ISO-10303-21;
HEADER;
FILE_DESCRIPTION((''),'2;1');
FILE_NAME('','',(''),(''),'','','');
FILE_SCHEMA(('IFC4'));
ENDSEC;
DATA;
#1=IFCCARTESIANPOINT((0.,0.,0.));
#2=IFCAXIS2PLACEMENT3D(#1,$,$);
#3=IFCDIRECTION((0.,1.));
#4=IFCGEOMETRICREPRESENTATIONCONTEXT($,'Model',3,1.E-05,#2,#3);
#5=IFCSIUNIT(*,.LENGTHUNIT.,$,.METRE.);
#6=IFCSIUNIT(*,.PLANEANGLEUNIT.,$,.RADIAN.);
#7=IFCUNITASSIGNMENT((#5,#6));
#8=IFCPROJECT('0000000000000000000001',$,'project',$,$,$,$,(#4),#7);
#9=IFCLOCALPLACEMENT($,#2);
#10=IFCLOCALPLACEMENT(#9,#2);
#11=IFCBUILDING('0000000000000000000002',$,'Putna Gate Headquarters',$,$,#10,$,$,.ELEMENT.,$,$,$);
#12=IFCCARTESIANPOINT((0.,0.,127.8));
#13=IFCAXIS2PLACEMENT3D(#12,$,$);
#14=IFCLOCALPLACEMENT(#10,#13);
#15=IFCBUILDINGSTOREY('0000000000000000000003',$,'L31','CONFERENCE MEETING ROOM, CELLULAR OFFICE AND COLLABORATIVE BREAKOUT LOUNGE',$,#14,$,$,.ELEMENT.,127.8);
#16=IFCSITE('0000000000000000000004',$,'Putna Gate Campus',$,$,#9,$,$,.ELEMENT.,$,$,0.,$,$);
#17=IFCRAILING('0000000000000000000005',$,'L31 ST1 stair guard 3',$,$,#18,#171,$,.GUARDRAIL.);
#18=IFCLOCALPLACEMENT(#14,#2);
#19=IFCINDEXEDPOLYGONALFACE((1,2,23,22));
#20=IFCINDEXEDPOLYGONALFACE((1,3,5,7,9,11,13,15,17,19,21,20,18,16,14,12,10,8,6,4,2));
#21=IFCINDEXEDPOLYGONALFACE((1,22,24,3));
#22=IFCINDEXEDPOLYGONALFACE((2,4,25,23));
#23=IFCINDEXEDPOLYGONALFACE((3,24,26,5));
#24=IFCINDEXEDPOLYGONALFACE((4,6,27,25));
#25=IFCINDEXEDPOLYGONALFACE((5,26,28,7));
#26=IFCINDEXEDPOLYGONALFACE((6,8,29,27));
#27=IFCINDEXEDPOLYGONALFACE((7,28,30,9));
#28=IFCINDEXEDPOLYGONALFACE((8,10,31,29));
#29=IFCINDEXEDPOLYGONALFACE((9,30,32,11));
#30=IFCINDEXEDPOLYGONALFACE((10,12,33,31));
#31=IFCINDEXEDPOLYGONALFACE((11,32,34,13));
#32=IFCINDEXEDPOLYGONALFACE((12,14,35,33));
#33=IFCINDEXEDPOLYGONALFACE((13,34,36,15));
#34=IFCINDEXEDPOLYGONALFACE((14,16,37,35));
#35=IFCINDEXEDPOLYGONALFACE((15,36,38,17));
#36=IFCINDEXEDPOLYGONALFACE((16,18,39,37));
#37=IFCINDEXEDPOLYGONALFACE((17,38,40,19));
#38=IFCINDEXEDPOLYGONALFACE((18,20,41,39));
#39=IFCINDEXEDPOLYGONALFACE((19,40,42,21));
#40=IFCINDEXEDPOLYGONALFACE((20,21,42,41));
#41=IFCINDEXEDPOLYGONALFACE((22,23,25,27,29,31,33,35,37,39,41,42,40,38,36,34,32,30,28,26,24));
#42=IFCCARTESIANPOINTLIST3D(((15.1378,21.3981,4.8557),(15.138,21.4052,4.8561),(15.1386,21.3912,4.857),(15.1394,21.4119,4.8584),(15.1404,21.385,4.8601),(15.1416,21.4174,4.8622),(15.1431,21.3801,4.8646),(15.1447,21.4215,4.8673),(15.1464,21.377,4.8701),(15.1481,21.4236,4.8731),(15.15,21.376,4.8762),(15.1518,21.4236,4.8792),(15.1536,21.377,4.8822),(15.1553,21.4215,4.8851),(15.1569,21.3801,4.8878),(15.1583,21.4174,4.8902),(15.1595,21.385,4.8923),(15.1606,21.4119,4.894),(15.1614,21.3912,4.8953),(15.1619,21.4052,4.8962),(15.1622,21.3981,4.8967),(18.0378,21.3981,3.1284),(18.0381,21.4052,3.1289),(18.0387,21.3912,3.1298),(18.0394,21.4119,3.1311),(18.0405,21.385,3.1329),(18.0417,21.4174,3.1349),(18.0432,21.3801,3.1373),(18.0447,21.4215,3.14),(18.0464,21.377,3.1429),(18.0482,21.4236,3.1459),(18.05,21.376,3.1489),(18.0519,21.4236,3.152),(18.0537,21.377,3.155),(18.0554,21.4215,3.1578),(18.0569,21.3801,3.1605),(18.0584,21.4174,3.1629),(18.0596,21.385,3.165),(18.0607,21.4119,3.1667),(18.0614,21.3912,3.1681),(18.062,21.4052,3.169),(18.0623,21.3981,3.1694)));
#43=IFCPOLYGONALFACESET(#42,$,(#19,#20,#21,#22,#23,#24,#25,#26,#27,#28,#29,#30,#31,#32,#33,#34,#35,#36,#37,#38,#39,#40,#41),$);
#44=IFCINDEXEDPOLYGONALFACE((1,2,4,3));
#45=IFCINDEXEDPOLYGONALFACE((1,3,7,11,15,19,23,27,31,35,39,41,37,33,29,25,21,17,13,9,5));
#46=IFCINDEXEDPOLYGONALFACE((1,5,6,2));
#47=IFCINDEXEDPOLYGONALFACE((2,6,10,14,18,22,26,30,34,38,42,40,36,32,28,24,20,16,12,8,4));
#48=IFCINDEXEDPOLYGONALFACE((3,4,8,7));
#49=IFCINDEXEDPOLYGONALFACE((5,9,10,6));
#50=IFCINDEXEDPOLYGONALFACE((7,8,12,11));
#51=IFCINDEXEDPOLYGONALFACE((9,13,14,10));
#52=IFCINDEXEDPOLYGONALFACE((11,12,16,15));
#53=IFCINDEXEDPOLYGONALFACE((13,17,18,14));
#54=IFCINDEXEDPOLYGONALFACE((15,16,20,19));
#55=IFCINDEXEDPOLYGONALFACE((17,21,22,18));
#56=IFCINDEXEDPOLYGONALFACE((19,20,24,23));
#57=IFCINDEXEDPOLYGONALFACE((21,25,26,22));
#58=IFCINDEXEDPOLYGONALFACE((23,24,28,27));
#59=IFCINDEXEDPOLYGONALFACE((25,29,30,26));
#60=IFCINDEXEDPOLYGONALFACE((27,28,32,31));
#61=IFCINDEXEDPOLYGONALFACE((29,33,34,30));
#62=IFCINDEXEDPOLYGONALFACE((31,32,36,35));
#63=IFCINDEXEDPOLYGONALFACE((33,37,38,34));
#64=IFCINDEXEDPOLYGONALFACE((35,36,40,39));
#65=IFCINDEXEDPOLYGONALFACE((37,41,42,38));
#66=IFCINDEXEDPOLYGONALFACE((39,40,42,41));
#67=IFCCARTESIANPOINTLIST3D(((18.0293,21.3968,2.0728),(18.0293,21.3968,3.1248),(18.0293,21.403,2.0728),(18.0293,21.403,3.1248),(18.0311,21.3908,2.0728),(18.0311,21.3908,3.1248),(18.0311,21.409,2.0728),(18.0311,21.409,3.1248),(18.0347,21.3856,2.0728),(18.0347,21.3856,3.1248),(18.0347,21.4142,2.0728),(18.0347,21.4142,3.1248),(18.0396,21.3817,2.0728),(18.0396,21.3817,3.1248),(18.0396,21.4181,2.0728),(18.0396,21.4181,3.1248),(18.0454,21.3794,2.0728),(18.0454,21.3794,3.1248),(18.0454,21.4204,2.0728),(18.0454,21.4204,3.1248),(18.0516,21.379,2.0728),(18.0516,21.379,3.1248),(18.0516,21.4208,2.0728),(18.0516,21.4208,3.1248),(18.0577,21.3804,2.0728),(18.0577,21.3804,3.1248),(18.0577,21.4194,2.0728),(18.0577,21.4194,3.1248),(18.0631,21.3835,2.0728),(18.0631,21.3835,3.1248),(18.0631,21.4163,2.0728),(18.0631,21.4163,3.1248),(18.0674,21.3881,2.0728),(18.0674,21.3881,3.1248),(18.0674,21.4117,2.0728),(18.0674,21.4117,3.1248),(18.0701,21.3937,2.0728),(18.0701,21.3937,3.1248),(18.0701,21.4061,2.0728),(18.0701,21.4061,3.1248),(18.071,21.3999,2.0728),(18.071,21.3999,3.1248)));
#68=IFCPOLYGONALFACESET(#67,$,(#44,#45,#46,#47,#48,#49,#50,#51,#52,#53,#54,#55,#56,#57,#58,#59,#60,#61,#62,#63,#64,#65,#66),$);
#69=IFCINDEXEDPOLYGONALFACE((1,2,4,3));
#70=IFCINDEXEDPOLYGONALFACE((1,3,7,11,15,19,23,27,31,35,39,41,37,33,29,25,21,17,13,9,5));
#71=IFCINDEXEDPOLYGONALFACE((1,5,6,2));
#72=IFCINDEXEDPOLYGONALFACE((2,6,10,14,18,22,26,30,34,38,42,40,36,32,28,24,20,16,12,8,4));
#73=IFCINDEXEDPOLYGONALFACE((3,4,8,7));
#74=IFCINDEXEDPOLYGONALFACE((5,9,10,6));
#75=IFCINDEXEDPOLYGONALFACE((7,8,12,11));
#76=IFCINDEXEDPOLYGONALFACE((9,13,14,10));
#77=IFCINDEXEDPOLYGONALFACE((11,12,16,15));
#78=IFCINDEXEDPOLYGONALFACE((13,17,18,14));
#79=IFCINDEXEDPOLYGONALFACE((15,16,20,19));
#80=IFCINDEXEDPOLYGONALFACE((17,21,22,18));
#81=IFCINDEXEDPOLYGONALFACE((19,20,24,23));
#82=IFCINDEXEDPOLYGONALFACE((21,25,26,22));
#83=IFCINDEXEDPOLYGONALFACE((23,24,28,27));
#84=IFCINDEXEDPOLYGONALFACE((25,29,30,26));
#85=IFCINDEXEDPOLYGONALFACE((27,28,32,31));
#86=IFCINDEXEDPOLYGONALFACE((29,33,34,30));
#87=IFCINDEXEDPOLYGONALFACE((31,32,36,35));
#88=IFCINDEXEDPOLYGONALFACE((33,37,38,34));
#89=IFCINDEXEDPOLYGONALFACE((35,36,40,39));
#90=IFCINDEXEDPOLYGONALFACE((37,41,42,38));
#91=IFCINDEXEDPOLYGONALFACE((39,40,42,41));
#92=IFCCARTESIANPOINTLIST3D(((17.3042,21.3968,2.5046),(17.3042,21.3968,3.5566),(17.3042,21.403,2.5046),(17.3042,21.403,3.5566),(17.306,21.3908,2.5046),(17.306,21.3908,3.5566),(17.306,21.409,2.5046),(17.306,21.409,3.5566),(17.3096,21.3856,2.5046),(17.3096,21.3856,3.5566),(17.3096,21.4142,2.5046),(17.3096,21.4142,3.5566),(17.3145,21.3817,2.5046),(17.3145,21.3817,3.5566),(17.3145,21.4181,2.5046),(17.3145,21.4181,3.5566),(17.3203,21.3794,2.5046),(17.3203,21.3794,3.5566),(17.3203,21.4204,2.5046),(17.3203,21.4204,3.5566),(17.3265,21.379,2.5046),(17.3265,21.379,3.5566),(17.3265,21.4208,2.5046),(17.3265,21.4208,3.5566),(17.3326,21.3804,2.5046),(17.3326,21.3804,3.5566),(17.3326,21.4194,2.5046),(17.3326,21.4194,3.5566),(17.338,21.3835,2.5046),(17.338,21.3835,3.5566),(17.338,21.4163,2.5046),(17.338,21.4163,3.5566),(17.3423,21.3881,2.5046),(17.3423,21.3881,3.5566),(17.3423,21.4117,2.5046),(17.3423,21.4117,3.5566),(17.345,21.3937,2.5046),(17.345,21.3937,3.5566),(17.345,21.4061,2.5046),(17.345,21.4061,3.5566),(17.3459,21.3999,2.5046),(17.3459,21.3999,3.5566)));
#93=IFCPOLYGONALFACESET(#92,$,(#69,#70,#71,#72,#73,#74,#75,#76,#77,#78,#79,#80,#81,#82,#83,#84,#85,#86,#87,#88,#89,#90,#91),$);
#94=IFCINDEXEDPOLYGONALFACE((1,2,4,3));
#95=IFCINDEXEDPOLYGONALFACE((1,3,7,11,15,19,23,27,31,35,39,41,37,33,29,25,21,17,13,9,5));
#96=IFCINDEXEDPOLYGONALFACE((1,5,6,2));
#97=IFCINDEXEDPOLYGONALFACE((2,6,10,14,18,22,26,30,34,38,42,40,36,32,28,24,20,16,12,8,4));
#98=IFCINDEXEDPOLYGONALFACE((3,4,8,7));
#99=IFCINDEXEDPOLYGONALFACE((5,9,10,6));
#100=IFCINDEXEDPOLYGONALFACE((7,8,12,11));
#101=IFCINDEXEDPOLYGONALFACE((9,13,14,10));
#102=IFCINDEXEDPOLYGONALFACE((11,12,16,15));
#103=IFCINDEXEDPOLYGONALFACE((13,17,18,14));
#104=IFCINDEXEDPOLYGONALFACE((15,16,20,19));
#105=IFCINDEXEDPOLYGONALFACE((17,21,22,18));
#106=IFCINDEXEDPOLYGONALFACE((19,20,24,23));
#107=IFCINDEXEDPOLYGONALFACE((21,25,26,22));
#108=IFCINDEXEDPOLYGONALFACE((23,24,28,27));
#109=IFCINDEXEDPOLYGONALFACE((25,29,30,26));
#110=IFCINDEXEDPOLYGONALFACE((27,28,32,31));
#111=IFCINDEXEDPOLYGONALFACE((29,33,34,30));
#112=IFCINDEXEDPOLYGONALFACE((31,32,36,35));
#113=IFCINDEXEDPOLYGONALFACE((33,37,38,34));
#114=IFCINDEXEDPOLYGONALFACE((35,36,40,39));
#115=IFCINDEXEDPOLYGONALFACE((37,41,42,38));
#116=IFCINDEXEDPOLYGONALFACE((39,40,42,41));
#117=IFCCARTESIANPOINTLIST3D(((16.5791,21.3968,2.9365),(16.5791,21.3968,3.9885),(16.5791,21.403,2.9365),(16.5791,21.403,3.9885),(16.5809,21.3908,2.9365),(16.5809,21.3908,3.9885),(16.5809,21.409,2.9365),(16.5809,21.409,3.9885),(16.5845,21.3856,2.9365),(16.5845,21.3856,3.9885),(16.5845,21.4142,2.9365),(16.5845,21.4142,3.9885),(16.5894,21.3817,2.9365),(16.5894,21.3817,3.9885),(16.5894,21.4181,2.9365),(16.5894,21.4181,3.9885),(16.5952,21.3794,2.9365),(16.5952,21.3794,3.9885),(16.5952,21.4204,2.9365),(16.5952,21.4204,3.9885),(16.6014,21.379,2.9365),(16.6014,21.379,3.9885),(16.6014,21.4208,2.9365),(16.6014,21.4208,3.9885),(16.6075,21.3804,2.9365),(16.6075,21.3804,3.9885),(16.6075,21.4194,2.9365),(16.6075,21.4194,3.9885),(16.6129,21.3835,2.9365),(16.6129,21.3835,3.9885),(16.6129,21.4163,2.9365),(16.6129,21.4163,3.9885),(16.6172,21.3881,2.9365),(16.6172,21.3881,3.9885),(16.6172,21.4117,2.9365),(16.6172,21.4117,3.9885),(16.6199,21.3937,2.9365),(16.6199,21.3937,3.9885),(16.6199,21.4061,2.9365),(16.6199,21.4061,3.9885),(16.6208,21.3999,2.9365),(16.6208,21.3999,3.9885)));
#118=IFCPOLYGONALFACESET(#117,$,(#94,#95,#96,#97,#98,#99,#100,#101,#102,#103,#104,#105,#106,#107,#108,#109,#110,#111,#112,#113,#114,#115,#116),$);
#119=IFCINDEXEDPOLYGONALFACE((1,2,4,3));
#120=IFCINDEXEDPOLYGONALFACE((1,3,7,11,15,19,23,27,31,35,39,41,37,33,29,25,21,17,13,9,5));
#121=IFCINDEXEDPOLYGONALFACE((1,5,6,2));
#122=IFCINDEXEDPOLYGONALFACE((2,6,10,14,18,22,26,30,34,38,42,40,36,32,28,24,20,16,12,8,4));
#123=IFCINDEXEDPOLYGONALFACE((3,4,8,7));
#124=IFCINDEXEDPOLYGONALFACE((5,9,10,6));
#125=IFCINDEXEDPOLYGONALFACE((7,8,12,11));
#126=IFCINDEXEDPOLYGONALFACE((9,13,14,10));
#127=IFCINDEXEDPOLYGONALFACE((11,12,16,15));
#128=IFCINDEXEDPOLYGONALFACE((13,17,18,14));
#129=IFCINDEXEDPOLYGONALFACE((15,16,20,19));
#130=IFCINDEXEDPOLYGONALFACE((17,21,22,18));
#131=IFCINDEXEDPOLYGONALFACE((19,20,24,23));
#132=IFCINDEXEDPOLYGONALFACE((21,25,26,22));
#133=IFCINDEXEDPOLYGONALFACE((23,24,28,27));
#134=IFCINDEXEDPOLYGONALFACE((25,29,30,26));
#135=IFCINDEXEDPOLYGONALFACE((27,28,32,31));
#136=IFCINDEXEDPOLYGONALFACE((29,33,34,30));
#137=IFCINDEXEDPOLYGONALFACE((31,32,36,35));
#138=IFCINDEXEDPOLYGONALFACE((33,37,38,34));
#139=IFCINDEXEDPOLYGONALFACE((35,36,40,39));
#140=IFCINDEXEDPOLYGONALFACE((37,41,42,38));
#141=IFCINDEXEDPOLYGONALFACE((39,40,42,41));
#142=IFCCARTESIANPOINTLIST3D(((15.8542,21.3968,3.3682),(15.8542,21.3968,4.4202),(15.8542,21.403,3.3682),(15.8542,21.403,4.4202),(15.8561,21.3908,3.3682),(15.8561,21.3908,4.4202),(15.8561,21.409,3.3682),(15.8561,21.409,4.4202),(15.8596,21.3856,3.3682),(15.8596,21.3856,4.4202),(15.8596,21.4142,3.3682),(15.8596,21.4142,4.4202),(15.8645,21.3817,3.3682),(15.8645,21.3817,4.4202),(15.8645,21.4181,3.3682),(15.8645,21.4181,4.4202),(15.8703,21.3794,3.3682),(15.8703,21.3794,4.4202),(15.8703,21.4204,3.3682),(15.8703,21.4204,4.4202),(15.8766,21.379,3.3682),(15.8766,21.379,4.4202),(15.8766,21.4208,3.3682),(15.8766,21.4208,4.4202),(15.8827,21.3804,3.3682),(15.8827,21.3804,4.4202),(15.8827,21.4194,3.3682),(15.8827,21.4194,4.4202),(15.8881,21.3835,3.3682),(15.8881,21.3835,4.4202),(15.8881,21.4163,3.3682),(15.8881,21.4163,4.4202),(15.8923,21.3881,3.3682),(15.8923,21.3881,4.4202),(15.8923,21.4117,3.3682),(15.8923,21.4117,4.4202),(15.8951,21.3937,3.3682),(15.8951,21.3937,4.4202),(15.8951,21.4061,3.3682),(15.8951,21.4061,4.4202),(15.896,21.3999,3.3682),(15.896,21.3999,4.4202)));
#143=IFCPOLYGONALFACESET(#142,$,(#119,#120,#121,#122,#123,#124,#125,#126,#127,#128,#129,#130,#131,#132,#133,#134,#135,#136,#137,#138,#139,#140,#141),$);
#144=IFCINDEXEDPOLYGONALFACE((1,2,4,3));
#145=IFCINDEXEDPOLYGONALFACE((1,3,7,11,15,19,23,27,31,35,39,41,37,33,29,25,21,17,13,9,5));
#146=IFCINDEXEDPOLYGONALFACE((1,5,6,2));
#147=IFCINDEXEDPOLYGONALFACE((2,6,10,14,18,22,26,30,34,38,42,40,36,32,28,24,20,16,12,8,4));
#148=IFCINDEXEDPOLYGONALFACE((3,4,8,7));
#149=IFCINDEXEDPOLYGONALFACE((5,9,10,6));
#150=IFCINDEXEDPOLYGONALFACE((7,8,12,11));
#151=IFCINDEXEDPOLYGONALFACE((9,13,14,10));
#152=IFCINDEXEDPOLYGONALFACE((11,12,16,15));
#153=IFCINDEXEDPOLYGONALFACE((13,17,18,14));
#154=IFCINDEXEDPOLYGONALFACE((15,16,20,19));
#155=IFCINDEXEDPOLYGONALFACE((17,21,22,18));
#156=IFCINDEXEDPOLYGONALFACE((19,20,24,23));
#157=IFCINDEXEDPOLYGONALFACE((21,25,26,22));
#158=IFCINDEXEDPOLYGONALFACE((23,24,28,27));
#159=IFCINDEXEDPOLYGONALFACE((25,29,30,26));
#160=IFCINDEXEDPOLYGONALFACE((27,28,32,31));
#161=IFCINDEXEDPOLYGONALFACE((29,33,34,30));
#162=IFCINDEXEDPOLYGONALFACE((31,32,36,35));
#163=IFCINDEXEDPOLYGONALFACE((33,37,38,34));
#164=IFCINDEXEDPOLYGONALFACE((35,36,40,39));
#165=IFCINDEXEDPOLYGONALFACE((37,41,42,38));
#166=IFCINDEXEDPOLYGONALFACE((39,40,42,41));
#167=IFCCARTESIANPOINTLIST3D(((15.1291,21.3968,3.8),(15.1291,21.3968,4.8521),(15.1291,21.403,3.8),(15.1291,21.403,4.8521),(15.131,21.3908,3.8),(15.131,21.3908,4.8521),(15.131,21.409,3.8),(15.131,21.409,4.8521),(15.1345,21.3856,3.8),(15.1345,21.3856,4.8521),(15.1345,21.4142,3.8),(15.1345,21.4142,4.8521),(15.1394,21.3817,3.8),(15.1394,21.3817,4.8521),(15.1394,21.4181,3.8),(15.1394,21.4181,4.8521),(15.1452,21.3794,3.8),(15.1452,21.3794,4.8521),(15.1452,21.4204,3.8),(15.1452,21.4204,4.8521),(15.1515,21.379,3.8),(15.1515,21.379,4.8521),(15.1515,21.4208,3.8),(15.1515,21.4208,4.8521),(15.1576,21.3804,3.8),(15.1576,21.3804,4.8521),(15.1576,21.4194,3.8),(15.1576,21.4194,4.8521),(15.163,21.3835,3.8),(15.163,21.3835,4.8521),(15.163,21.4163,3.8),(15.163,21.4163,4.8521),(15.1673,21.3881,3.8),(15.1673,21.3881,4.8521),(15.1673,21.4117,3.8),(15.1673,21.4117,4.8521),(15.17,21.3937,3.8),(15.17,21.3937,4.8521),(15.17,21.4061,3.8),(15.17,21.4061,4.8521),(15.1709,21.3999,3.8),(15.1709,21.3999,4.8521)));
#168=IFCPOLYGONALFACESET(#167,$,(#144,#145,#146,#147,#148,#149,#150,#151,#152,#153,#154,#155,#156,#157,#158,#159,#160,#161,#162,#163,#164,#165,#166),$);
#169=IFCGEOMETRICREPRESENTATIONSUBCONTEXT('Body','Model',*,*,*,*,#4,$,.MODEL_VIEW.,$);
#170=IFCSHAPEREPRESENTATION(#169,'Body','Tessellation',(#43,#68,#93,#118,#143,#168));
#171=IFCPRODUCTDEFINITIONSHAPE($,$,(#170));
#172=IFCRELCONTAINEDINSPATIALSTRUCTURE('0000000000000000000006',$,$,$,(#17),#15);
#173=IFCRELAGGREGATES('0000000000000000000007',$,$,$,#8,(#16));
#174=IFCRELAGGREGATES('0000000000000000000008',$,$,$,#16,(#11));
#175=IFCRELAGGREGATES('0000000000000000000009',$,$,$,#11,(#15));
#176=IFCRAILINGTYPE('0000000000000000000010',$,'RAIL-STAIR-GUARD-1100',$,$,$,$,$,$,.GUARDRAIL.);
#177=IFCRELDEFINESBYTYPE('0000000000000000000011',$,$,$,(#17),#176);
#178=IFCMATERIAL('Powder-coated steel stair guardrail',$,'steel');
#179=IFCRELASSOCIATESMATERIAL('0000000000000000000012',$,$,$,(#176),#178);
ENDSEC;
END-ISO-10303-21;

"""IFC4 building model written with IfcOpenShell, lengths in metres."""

from ifc_helpers import new_model, si_unit, direction, frame, origin, origin_2d, place, context, subcontext, project, spatial, circle, extrude, material, type_object, element, save


model = new_model("IFC4")

# Units and contexts
model_context = context("Model", 3, precision=1e-05, world=origin(), true_north=direction((0.0, 1.0)))
body_context = subcontext(model_context, "Body", "Model", "MODEL_VIEW")
ifc_project = project(units=[si_unit("LENGTHUNIT", "METRE"), si_unit("PLANEANGLEUNIT", "RADIAN")], contexts=[model_context])

# Site, building, storey
site_placement = place(None, origin())
site = spatial("IfcSite", under=ifc_project, at=site_placement, Name="Putna Gate Campus", CompositionType="ELEMENT", RefElevation=0.0)
building_placement = place(site_placement, origin())
building = spatial("IfcBuilding", under=site, at=building_placement, Name="Putna Gate Headquarters", CompositionType="ELEMENT")
storey_placement = place(building_placement, frame((0.0, 0.0, 127.8)))
storey = spatial("IfcBuildingStorey", under=building, at=storey_placement, Name="L31", Description="CONFERENCE MEETING ROOM, CELLULAR OFFICE AND COLLABORATIVE BREAKOUT LOUNGE", CompositionType="ELEMENT", Elevation=127.8)

# Railing
ifc_material_1 = material(Name="Powder-coated steel stair guardrail", Category="steel")
railing_type_1 = type_object("IfcRailingType", Name="RAIL-STAIR-GUARD-1100", PredefinedType="GUARDRAIL", material=ifc_material_1)
railing_1_placement = place(storey_placement, frame((18.05, 21.3999, 2.0728)))
element("IfcRailing", 1, at=railing_1_placement, inside=storey, type_object=railing_type_1, Name="L31 ST1 stair guard 3", PredefinedType="GUARDRAIL", context=body_context, shape_type="SweptSolid", body=[
    extrude(circle(Radius=0.0239, at=origin_2d()), frame((0.0, 0.0, 1.0762), z_axis=(-0.85916, 0.0, 0.511706), x_axis=(0.0, -1.0, 0.0)), (0.0, 0.0, 1.0), 3.3755),
    extrude(circle(Radius=0.021, at=origin_2d()), origin(), (0.0, 0.0, 1.0), 1.052),
    extrude(circle(Radius=0.021, at=origin_2d()), frame((-0.7251, 0.0, 0.4319)), (0.0, 0.0, 1.0), 1.052),
    extrude(circle(Radius=0.021, at=origin_2d()), frame((-1.4502, 0.0, 0.8638)), (0.0, 0.0, 1.0), 1.052),
    extrude(circle(Radius=0.021, at=origin_2d()), frame((-2.175, 0.0, 1.2954)), (0.0, 0.0, 1.0), 1.052),
    extrude(circle(Radius=0.021, at=origin_2d()), frame((-2.9001, 0.0, 1.7273)), (0.0, 0.0, 1.0), 1.052),
])

save(model, "model.ifc")
